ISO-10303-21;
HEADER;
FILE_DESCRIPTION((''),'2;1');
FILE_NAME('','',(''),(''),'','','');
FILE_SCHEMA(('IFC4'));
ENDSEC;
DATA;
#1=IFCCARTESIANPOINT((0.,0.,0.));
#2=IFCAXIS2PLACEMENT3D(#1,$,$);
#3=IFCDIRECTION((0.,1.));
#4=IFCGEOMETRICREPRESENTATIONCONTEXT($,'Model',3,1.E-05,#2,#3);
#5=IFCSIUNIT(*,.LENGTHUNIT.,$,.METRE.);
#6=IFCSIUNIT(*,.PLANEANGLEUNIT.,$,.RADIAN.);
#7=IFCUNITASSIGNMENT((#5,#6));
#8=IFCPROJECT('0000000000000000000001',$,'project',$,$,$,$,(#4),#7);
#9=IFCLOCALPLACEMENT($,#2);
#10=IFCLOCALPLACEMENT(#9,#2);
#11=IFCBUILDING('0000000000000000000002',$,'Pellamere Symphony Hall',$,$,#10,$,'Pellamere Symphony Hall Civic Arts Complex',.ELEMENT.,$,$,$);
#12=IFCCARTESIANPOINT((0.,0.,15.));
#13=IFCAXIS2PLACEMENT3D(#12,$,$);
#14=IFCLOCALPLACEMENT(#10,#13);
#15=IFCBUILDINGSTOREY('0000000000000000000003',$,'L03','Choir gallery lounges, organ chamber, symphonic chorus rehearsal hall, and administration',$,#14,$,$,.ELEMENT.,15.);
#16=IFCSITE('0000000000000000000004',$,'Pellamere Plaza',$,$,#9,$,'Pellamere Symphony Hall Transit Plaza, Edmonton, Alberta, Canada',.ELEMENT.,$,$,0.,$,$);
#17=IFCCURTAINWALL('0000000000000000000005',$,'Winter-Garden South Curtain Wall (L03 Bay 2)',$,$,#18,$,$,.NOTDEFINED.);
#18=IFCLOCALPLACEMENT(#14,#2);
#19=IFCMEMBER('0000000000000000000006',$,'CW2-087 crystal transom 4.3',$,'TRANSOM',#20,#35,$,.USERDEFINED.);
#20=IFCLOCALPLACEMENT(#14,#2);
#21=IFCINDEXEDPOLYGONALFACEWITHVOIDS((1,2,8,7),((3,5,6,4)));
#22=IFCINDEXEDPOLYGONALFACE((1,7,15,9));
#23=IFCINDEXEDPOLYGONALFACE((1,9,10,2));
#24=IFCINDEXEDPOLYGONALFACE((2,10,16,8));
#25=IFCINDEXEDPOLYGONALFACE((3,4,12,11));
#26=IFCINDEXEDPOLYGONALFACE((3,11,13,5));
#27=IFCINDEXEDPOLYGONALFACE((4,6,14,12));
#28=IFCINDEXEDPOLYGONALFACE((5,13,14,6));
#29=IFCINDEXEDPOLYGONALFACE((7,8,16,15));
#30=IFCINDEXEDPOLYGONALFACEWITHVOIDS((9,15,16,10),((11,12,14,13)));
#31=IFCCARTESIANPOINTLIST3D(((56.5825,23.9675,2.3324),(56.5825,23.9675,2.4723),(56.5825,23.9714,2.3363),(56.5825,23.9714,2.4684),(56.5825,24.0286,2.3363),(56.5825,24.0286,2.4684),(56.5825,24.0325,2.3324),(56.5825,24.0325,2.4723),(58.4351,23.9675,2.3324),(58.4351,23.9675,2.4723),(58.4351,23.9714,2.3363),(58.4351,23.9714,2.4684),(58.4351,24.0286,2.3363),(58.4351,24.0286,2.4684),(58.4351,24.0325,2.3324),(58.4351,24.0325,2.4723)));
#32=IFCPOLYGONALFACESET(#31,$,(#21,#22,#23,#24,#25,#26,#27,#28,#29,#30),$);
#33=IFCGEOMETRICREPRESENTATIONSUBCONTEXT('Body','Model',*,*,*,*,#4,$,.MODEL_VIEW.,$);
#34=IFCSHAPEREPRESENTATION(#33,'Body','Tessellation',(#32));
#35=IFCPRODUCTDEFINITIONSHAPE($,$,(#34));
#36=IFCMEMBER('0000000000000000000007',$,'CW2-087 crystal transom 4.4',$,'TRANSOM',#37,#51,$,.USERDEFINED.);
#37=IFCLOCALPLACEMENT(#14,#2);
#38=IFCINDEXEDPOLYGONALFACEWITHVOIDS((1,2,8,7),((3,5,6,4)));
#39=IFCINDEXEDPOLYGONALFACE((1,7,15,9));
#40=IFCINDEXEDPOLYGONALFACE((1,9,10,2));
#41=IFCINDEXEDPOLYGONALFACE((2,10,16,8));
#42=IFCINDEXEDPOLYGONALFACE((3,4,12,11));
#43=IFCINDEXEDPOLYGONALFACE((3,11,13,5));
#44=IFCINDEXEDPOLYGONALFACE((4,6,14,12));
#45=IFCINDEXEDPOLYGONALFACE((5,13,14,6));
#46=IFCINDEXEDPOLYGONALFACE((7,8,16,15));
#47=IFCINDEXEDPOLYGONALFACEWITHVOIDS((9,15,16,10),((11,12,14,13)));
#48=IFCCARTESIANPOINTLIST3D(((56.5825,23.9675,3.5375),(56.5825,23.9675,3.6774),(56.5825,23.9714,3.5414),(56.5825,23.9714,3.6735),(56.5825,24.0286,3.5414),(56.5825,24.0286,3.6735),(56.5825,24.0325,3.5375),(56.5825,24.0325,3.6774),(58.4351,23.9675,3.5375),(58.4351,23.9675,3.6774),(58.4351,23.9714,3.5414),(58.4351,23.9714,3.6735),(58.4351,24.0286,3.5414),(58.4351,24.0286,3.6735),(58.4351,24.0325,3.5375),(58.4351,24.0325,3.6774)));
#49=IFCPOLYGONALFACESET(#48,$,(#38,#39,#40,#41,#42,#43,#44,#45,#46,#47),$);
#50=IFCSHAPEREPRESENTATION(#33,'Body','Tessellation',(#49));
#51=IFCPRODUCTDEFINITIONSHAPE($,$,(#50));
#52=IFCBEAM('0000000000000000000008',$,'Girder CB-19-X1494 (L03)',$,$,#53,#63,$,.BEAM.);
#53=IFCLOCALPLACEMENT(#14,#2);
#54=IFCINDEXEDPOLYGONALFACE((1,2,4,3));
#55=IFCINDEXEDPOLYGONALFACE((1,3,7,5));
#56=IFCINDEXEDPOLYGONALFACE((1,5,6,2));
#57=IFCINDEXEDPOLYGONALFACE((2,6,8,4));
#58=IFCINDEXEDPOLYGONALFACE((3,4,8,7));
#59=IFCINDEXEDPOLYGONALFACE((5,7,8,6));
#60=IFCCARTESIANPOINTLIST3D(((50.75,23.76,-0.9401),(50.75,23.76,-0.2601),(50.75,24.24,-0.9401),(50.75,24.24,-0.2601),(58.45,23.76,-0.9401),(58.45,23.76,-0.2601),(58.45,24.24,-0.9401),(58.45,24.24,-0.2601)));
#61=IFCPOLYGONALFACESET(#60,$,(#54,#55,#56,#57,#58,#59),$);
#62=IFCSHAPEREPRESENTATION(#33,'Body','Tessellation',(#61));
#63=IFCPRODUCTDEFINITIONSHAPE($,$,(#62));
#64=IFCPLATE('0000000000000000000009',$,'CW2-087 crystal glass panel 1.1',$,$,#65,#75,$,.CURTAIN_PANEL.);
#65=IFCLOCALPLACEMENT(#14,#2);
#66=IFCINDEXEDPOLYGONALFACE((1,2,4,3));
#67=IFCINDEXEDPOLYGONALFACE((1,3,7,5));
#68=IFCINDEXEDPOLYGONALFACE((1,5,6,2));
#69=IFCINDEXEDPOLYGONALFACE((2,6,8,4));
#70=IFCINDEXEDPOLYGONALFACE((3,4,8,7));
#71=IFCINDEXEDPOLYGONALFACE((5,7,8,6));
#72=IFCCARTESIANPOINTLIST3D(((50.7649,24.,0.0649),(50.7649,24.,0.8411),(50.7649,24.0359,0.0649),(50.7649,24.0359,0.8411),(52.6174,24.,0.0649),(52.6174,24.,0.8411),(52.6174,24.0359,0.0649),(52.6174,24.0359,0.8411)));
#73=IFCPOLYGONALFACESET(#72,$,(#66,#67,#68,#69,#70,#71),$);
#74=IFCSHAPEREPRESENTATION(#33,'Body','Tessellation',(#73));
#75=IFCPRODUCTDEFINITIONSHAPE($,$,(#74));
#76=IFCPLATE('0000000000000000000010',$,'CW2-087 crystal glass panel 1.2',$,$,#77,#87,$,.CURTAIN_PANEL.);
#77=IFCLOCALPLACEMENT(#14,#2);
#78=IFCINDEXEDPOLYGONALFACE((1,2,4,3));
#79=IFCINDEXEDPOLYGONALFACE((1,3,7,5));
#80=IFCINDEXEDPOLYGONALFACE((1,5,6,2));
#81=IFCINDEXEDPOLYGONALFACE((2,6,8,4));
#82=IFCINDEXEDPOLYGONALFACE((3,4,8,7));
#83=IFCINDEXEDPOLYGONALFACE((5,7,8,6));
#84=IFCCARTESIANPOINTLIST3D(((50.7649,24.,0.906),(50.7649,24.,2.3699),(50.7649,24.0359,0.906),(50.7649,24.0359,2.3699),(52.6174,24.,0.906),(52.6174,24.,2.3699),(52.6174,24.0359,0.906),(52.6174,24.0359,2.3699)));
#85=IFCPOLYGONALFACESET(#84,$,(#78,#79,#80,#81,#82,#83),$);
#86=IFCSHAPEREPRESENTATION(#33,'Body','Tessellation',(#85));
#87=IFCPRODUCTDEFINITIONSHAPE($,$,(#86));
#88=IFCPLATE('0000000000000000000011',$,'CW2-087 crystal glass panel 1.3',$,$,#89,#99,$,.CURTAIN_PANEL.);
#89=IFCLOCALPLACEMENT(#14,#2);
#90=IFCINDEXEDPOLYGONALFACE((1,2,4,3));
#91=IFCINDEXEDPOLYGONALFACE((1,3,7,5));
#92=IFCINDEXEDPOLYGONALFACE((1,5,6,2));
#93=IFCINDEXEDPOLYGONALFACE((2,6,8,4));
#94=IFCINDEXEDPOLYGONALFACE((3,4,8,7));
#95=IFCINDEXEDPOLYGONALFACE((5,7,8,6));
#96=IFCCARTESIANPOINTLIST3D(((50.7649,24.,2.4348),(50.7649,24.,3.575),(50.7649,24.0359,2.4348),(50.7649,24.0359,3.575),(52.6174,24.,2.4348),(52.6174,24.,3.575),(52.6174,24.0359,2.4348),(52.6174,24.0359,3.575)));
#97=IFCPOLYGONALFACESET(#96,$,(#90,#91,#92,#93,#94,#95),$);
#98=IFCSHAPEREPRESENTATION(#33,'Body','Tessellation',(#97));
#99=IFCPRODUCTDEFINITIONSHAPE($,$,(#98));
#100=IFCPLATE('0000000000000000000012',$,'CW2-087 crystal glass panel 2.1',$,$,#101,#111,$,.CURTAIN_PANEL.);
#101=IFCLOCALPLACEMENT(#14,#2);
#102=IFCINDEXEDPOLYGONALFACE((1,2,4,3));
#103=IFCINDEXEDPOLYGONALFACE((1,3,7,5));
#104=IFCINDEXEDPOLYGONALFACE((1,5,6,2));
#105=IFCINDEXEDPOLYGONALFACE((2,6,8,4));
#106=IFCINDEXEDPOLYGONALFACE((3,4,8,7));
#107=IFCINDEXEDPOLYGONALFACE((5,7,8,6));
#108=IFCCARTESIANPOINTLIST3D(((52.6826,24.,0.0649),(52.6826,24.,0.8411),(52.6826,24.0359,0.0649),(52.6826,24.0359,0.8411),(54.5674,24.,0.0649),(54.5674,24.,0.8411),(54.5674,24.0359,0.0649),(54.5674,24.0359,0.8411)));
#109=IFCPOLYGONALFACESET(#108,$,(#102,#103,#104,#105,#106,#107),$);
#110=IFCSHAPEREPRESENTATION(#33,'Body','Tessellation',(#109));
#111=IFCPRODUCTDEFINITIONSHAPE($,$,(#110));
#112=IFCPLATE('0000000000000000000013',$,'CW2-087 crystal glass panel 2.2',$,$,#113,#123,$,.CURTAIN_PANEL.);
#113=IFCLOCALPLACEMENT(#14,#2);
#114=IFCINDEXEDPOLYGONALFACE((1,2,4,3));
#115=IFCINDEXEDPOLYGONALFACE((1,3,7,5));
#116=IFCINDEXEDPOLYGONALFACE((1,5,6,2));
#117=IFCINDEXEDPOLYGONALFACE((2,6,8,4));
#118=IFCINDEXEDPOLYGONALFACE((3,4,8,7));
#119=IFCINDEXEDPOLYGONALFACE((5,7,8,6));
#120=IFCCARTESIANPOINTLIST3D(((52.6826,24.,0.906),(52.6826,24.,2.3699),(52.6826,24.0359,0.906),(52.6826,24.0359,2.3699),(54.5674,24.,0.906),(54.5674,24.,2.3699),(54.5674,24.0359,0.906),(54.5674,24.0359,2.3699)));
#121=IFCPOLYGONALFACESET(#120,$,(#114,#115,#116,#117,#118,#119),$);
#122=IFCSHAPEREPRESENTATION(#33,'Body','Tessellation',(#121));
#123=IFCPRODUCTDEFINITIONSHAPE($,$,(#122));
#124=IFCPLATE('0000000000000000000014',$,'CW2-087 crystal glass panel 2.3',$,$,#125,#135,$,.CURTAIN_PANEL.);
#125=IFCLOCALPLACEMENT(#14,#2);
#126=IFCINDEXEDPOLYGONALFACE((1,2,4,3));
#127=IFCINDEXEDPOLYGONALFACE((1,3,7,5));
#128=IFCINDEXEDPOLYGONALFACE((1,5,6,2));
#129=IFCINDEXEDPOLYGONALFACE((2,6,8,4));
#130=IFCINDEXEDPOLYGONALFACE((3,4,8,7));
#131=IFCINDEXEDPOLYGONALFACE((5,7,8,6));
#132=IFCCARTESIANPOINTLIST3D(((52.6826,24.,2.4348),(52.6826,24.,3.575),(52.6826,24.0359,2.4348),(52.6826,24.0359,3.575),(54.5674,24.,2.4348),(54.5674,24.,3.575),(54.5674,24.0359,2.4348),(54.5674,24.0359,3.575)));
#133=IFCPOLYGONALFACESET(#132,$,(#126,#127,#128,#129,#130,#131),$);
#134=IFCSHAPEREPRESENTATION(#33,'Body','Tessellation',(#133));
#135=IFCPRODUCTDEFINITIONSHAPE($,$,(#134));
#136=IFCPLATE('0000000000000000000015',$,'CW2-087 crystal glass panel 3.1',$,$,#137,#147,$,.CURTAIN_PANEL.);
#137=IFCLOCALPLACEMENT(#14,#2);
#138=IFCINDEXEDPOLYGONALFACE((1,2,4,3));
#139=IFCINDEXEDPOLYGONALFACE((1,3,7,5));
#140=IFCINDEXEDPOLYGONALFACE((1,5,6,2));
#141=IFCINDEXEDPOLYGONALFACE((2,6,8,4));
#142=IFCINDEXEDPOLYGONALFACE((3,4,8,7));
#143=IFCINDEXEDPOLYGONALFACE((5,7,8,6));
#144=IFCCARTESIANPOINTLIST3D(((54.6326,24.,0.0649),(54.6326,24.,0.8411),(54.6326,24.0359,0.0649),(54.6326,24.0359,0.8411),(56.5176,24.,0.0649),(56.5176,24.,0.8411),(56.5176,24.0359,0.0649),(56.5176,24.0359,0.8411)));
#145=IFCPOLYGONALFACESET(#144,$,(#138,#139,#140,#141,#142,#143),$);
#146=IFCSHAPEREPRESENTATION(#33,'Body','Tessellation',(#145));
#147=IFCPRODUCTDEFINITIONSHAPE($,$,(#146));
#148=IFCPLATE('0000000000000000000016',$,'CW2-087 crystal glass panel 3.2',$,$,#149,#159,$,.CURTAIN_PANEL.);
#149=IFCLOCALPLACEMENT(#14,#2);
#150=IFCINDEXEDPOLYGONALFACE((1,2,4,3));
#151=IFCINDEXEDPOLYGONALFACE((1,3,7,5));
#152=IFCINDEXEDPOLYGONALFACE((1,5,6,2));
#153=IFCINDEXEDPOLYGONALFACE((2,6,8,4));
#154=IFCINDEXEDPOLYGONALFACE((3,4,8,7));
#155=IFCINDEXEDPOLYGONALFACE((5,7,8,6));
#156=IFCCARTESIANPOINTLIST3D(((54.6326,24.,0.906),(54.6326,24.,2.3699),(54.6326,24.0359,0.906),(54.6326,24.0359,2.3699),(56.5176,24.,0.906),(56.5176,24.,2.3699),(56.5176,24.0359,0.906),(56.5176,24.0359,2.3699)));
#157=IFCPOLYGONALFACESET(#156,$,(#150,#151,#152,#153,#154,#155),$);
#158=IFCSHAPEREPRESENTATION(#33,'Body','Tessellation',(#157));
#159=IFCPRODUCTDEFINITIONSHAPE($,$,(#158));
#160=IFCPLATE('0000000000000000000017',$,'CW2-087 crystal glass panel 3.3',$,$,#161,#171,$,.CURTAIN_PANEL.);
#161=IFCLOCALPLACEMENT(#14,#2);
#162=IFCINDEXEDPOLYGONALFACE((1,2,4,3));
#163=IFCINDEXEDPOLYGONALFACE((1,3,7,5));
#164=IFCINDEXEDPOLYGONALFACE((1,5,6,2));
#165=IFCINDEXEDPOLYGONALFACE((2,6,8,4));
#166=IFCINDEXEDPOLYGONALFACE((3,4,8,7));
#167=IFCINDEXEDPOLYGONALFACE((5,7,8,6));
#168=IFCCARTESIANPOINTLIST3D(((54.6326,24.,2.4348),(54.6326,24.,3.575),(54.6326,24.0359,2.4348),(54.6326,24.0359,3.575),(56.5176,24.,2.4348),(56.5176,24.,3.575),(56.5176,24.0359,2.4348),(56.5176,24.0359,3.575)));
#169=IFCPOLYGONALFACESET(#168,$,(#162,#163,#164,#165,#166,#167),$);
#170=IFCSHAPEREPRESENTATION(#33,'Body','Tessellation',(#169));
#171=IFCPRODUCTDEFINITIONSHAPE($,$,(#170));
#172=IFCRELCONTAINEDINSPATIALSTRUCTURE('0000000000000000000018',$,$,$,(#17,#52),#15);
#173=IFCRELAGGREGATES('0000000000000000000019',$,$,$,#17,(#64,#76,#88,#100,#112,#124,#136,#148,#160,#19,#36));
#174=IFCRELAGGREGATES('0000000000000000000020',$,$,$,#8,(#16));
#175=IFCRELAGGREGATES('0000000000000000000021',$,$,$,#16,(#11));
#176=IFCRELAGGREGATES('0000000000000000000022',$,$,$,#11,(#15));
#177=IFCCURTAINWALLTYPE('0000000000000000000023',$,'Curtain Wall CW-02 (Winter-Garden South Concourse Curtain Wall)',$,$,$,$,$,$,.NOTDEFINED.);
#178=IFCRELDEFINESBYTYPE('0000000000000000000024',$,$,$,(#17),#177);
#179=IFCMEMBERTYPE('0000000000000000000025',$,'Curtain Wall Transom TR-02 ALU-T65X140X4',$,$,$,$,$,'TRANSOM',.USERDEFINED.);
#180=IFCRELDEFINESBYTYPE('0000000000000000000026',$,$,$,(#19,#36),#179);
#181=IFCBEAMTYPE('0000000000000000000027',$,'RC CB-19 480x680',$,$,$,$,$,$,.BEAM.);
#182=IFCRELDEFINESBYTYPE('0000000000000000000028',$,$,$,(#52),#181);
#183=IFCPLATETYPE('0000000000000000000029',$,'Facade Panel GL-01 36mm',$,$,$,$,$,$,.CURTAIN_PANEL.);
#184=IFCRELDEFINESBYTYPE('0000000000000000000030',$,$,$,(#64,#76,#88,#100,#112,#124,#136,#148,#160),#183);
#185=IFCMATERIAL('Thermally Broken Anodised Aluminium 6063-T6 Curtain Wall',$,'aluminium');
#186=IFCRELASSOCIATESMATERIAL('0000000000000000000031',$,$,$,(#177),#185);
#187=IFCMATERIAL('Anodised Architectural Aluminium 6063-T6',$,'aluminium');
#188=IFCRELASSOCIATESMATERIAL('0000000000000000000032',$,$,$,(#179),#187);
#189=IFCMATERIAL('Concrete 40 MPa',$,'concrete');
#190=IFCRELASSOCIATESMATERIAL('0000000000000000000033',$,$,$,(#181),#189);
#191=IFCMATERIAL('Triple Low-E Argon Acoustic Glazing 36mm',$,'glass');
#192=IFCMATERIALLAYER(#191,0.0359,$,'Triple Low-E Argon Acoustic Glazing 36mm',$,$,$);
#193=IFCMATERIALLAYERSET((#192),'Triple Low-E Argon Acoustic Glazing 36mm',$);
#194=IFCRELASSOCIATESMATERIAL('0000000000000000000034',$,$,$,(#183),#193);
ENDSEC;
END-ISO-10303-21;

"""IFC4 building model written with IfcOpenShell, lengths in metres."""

from ifc_helpers import new_model, si_unit, direction, frame, origin, origin_2d, place, context, subcontext, project, spatial, polyline, rectangle, hollow_rectangle, outline, extrude, material, layer, layer_set, material_profile, profile_set, type_object, element, aggregate, save


model = new_model("IFC4")

# Units and contexts
model_context = context("Model", 3, precision=1e-05, world=origin(), true_north=direction((0.0, 1.0)))
body_context = subcontext(model_context, "Body", "Model", "MODEL_VIEW")
ifc_project = project(units=[si_unit("LENGTHUNIT", "METRE"), si_unit("PLANEANGLEUNIT", "RADIAN")], contexts=[model_context])

# Site, building, storey
site_placement = place(None, origin())
site = spatial("IfcSite", under=ifc_project, at=site_placement, Name="Pellamere Plaza", LongName="Pellamere Symphony Hall Transit Plaza, Edmonton, Alberta, Canada", CompositionType="ELEMENT", RefElevation=0.0)
building_placement = place(site_placement, origin())
building = spatial("IfcBuilding", under=site, at=building_placement, Name="Pellamere Symphony Hall", LongName="Pellamere Symphony Hall Civic Arts Complex", CompositionType="ELEMENT")
storey_placement = place(building_placement, frame((0.0, 0.0, 15.0)))
storey = spatial("IfcBuildingStorey", under=building, at=storey_placement, Name="L03", Description="Choir gallery lounges, organ chamber, symphonic chorus rehearsal hall, and administration", CompositionType="ELEMENT", Elevation=15.0)

# Shared definitions
ifc_material_1 = material(Name="Concrete 40 MPa", Category="concrete")

# Shared definitions
ifc_material_2 = material(Name="Thermally Broken Anodised Aluminium 6063-T6 Curtain Wall", Category="aluminium")
curtain_wall_type = type_object("IfcCurtainWallType", Name="Curtain Wall CW-02 (Winter-Garden South Concourse Curtain Wall)", PredefinedType="NOTDEFINED", material=ifc_material_2)
ifc_material_3 = material(Name="Anodised Architectural Aluminium 6063-T6", Category="aluminium")

# Curtain wall, members
curtain_wall_1_placement = place(storey_placement, origin())
curtain_wall_1 = element("IfcCurtainWall", 1, at=curtain_wall_1_placement, inside=storey, type_object=curtain_wall_type, Name="Winter-Garden South Curtain Wall (L03 Bay 2)", PredefinedType="NOTDEFINED")
ifc_material_profile_1 = material_profile(ifc_material_3, hollow_rectangle(XDim=0.0649, YDim=0.1399, WallThickness=0.0039, at=origin_2d()), Name="ALU-T65X140X4")
ifc_profile_set_1 = profile_set([ifc_material_profile_1], Name="Anodised Architectural Aluminium 6063-T6")
member_type_1 = type_object("IfcMemberType", Name="Curtain Wall Transom TR-02 ALU-T65X140X4", ElementType="TRANSOM", PredefinedType="USERDEFINED", material=ifc_profile_set_1)
member_1_placement = place(storey_placement, frame((56.5825, 24.0, 2.4023), z_axis=(1.0, 0.0, 0.0), x_axis=(0.0, 1.0, 0.0)))
member_1 = element("IfcMember", 2, at=member_1_placement, type_object=member_type_1, Name="CW2-087 crystal transom 4.3", ObjectType="TRANSOM", PredefinedType="USERDEFINED", context=body_context, shape_type="SweptSolid", body=[
    extrude(hollow_rectangle(XDim=0.0649, YDim=0.1399, WallThickness=0.0039, at=origin_2d()), origin(), (0.0, 0.0, 1.0), 1.8525),
])
member_2_placement = place(storey_placement, frame((56.5825, 24.0, 3.6074), z_axis=(1.0, 0.0, 0.0), x_axis=(0.0, 1.0, 0.0)))
member_2 = element("IfcMember", 3, at=member_2_placement, type_object=member_type_1, Name="CW2-087 crystal transom 4.4", ObjectType="TRANSOM", PredefinedType="USERDEFINED", context=body_context, shape_type="SweptSolid", body=[
    extrude(hollow_rectangle(XDim=0.0649, YDim=0.1399, WallThickness=0.0039, at=origin_2d()), origin(), (0.0, 0.0, 1.0), 1.8525),
])

# Beam
ifc_material_profile_2 = material_profile(ifc_material_1, rectangle(XDim=0.48, YDim=0.6799, at=origin_2d()), Name="RC 480x680")
ifc_profile_set_2 = profile_set([ifc_material_profile_2], Name="Concrete 40 MPa")
beam_type = type_object("IfcBeamType", Name="RC CB-19 480x680", PredefinedType="BEAM", material=ifc_profile_set_2)
beam_placement = place(storey_placement, frame((50.75, 24.0, -0.6001), z_axis=(1.0, 0.0, 0.0), x_axis=(0.0, 1.0, 0.0)))
element("IfcBeam", 4, at=beam_placement, inside=storey, type_object=beam_type, Name="Girder CB-19-X1494 (L03)", PredefinedType="BEAM", context=body_context, shape_type="SweptSolid", body=[
    extrude(rectangle(XDim=0.48, YDim=0.6799, at=origin_2d()), origin(), (0.0, 0.0, 1.0), 7.7),
])

# Plates
ifc_material_4 = material(Name="Triple Low-E Argon Acoustic Glazing 36mm", Category="glass")
ifc_layer = layer(ifc_material_4, 0.0359, Name="Triple Low-E Argon Acoustic Glazing 36mm")
ifc_layer_set = layer_set([ifc_layer], Name="Triple Low-E Argon Acoustic Glazing 36mm")
plate_type = type_object("IfcPlateType", Name="Facade Panel GL-01 36mm", PredefinedType="CURTAIN_PANEL", material=ifc_layer_set)
plate_1_placement = place(storey_placement, frame((50.7649, 24.0, 0.0649), z_axis=(0.0, -1.0, 0.0), x_axis=(1.0, 0.0, 0.0)))
plate_1 = element("IfcPlate", 5, at=plate_1_placement, type_object=plate_type, Name="CW2-087 crystal glass panel 1.1", PredefinedType="CURTAIN_PANEL", context=body_context, shape_type="SweptSolid", body=[
    extrude(outline(polyline([(0.0, 0.0), (1.8525, 0.0), (1.8525, 0.7761), (0.0, 0.7761), (0.0, 0.0)])), origin(), (0.0, 0.0, -1.0), 0.0359),
])
plate_2_placement = place(storey_placement, frame((50.7649, 24.0, 0.906), z_axis=(0.0, -1.0, 0.0), x_axis=(1.0, 0.0, 0.0)))
plate_2 = element("IfcPlate", 6, at=plate_2_placement, type_object=plate_type, Name="CW2-087 crystal glass panel 1.2", PredefinedType="CURTAIN_PANEL", context=body_context, shape_type="SweptSolid", body=[
    extrude(outline(polyline([(0.0, 0.0), (1.8525, 0.0), (1.8525, 1.4639), (0.0, 1.4639), (0.0, 0.0)])), origin(), (0.0, 0.0, -1.0), 0.0359),
])
plate_3_placement = place(storey_placement, frame((50.7649, 24.0, 2.4348), z_axis=(0.0, -1.0, 0.0), x_axis=(1.0, 0.0, 0.0)))
plate_3 = element("IfcPlate", 7, at=plate_3_placement, type_object=plate_type, Name="CW2-087 crystal glass panel 1.3", PredefinedType="CURTAIN_PANEL", context=body_context, shape_type="SweptSolid", body=[
    extrude(outline(polyline([(0.0, 0.0), (1.8525, 0.0), (1.8525, 1.1401), (0.0, 1.1401), (0.0, 0.0)])), origin(), (0.0, 0.0, -1.0), 0.0359),
])
plate_4_placement = place(storey_placement, frame((52.6826, 24.0, 0.0649), z_axis=(0.0, -1.0, 0.0), x_axis=(1.0, 0.0, 0.0)))
plate_4 = element("IfcPlate", 8, at=plate_4_placement, type_object=plate_type, Name="CW2-087 crystal glass panel 2.1", PredefinedType="CURTAIN_PANEL", context=body_context, shape_type="SweptSolid", body=[
    extrude(outline(polyline([(0.0, 0.0), (1.8848, 0.0), (1.8848, 0.7761), (0.0, 0.7761), (0.0, 0.0)])), origin(), (0.0, 0.0, -1.0), 0.0359),
])
plate_5_placement = place(storey_placement, frame((52.6826, 24.0, 0.906), z_axis=(0.0, -1.0, 0.0), x_axis=(1.0, 0.0, 0.0)))
plate_5 = element("IfcPlate", 9, at=plate_5_placement, type_object=plate_type, Name="CW2-087 crystal glass panel 2.2", PredefinedType="CURTAIN_PANEL", context=body_context, shape_type="SweptSolid", body=[
    extrude(outline(polyline([(0.0, 0.0), (1.8848, 0.0), (1.8848, 1.4639), (0.0, 1.4639), (0.0, 0.0)])), origin(), (0.0, 0.0, -1.0), 0.0359),
])
plate_6_placement = place(storey_placement, frame((52.6826, 24.0, 2.4348), z_axis=(0.0, -1.0, 0.0), x_axis=(1.0, 0.0, 0.0)))
plate_6 = element("IfcPlate", 10, at=plate_6_placement, type_object=plate_type, Name="CW2-087 crystal glass panel 2.3", PredefinedType="CURTAIN_PANEL", context=body_context, shape_type="SweptSolid", body=[
    extrude(outline(polyline([(0.0, 0.0), (1.8848, 0.0), (1.8848, 1.1401), (0.0, 1.1401), (0.0, 0.0)])), origin(), (0.0, 0.0, -1.0), 0.0359),
])
plate_7_placement = place(storey_placement, frame((54.6326, 24.0, 0.0649), z_axis=(0.0, -1.0, 0.0), x_axis=(1.0, 0.0, 0.0)))
plate_7 = element("IfcPlate", 11, at=plate_7_placement, type_object=plate_type, Name="CW2-087 crystal glass panel 3.1", PredefinedType="CURTAIN_PANEL", context=body_context, shape_type="SweptSolid", body=[
    extrude(outline(polyline([(0.0, 0.0), (1.885, 0.0), (1.885, 0.7761), (0.0, 0.7761), (0.0, 0.0)])), origin(), (0.0, 0.0, -1.0), 0.0359),
])
plate_8_placement = place(storey_placement, frame((54.6326, 24.0, 0.906), z_axis=(0.0, -1.0, 0.0), x_axis=(1.0, 0.0, 0.0)))
plate_8 = element("IfcPlate", 12, at=plate_8_placement, type_object=plate_type, Name="CW2-087 crystal glass panel 3.2", PredefinedType="CURTAIN_PANEL", context=body_context, shape_type="SweptSolid", body=[
    extrude(outline(polyline([(0.0, 0.0), (1.885, 0.0), (1.885, 1.4639), (0.0, 1.4639), (0.0, 0.0)])), origin(), (0.0, 0.0, -1.0), 0.0359),
])
plate_9_placement = place(storey_placement, frame((54.6326, 24.0, 2.4348), z_axis=(0.0, -1.0, 0.0), x_axis=(1.0, 0.0, 0.0)))
plate_9 = element("IfcPlate", 13, at=plate_9_placement, type_object=plate_type, Name="CW2-087 crystal glass panel 3.3", PredefinedType="CURTAIN_PANEL", context=body_context, shape_type="SweptSolid", body=[
    extrude(outline(polyline([(0.0, 0.0), (1.885, 0.0), (1.885, 1.1401), (0.0, 1.1401), (0.0, 0.0)])), origin(), (0.0, 0.0, -1.0), 0.0359),
])
aggregate(curtain_wall_1, [plate_1, plate_2, plate_3, plate_4, plate_5, plate_6, plate_7, plate_8, plate_9, member_1, member_2])

save(model, "model.ifc")
